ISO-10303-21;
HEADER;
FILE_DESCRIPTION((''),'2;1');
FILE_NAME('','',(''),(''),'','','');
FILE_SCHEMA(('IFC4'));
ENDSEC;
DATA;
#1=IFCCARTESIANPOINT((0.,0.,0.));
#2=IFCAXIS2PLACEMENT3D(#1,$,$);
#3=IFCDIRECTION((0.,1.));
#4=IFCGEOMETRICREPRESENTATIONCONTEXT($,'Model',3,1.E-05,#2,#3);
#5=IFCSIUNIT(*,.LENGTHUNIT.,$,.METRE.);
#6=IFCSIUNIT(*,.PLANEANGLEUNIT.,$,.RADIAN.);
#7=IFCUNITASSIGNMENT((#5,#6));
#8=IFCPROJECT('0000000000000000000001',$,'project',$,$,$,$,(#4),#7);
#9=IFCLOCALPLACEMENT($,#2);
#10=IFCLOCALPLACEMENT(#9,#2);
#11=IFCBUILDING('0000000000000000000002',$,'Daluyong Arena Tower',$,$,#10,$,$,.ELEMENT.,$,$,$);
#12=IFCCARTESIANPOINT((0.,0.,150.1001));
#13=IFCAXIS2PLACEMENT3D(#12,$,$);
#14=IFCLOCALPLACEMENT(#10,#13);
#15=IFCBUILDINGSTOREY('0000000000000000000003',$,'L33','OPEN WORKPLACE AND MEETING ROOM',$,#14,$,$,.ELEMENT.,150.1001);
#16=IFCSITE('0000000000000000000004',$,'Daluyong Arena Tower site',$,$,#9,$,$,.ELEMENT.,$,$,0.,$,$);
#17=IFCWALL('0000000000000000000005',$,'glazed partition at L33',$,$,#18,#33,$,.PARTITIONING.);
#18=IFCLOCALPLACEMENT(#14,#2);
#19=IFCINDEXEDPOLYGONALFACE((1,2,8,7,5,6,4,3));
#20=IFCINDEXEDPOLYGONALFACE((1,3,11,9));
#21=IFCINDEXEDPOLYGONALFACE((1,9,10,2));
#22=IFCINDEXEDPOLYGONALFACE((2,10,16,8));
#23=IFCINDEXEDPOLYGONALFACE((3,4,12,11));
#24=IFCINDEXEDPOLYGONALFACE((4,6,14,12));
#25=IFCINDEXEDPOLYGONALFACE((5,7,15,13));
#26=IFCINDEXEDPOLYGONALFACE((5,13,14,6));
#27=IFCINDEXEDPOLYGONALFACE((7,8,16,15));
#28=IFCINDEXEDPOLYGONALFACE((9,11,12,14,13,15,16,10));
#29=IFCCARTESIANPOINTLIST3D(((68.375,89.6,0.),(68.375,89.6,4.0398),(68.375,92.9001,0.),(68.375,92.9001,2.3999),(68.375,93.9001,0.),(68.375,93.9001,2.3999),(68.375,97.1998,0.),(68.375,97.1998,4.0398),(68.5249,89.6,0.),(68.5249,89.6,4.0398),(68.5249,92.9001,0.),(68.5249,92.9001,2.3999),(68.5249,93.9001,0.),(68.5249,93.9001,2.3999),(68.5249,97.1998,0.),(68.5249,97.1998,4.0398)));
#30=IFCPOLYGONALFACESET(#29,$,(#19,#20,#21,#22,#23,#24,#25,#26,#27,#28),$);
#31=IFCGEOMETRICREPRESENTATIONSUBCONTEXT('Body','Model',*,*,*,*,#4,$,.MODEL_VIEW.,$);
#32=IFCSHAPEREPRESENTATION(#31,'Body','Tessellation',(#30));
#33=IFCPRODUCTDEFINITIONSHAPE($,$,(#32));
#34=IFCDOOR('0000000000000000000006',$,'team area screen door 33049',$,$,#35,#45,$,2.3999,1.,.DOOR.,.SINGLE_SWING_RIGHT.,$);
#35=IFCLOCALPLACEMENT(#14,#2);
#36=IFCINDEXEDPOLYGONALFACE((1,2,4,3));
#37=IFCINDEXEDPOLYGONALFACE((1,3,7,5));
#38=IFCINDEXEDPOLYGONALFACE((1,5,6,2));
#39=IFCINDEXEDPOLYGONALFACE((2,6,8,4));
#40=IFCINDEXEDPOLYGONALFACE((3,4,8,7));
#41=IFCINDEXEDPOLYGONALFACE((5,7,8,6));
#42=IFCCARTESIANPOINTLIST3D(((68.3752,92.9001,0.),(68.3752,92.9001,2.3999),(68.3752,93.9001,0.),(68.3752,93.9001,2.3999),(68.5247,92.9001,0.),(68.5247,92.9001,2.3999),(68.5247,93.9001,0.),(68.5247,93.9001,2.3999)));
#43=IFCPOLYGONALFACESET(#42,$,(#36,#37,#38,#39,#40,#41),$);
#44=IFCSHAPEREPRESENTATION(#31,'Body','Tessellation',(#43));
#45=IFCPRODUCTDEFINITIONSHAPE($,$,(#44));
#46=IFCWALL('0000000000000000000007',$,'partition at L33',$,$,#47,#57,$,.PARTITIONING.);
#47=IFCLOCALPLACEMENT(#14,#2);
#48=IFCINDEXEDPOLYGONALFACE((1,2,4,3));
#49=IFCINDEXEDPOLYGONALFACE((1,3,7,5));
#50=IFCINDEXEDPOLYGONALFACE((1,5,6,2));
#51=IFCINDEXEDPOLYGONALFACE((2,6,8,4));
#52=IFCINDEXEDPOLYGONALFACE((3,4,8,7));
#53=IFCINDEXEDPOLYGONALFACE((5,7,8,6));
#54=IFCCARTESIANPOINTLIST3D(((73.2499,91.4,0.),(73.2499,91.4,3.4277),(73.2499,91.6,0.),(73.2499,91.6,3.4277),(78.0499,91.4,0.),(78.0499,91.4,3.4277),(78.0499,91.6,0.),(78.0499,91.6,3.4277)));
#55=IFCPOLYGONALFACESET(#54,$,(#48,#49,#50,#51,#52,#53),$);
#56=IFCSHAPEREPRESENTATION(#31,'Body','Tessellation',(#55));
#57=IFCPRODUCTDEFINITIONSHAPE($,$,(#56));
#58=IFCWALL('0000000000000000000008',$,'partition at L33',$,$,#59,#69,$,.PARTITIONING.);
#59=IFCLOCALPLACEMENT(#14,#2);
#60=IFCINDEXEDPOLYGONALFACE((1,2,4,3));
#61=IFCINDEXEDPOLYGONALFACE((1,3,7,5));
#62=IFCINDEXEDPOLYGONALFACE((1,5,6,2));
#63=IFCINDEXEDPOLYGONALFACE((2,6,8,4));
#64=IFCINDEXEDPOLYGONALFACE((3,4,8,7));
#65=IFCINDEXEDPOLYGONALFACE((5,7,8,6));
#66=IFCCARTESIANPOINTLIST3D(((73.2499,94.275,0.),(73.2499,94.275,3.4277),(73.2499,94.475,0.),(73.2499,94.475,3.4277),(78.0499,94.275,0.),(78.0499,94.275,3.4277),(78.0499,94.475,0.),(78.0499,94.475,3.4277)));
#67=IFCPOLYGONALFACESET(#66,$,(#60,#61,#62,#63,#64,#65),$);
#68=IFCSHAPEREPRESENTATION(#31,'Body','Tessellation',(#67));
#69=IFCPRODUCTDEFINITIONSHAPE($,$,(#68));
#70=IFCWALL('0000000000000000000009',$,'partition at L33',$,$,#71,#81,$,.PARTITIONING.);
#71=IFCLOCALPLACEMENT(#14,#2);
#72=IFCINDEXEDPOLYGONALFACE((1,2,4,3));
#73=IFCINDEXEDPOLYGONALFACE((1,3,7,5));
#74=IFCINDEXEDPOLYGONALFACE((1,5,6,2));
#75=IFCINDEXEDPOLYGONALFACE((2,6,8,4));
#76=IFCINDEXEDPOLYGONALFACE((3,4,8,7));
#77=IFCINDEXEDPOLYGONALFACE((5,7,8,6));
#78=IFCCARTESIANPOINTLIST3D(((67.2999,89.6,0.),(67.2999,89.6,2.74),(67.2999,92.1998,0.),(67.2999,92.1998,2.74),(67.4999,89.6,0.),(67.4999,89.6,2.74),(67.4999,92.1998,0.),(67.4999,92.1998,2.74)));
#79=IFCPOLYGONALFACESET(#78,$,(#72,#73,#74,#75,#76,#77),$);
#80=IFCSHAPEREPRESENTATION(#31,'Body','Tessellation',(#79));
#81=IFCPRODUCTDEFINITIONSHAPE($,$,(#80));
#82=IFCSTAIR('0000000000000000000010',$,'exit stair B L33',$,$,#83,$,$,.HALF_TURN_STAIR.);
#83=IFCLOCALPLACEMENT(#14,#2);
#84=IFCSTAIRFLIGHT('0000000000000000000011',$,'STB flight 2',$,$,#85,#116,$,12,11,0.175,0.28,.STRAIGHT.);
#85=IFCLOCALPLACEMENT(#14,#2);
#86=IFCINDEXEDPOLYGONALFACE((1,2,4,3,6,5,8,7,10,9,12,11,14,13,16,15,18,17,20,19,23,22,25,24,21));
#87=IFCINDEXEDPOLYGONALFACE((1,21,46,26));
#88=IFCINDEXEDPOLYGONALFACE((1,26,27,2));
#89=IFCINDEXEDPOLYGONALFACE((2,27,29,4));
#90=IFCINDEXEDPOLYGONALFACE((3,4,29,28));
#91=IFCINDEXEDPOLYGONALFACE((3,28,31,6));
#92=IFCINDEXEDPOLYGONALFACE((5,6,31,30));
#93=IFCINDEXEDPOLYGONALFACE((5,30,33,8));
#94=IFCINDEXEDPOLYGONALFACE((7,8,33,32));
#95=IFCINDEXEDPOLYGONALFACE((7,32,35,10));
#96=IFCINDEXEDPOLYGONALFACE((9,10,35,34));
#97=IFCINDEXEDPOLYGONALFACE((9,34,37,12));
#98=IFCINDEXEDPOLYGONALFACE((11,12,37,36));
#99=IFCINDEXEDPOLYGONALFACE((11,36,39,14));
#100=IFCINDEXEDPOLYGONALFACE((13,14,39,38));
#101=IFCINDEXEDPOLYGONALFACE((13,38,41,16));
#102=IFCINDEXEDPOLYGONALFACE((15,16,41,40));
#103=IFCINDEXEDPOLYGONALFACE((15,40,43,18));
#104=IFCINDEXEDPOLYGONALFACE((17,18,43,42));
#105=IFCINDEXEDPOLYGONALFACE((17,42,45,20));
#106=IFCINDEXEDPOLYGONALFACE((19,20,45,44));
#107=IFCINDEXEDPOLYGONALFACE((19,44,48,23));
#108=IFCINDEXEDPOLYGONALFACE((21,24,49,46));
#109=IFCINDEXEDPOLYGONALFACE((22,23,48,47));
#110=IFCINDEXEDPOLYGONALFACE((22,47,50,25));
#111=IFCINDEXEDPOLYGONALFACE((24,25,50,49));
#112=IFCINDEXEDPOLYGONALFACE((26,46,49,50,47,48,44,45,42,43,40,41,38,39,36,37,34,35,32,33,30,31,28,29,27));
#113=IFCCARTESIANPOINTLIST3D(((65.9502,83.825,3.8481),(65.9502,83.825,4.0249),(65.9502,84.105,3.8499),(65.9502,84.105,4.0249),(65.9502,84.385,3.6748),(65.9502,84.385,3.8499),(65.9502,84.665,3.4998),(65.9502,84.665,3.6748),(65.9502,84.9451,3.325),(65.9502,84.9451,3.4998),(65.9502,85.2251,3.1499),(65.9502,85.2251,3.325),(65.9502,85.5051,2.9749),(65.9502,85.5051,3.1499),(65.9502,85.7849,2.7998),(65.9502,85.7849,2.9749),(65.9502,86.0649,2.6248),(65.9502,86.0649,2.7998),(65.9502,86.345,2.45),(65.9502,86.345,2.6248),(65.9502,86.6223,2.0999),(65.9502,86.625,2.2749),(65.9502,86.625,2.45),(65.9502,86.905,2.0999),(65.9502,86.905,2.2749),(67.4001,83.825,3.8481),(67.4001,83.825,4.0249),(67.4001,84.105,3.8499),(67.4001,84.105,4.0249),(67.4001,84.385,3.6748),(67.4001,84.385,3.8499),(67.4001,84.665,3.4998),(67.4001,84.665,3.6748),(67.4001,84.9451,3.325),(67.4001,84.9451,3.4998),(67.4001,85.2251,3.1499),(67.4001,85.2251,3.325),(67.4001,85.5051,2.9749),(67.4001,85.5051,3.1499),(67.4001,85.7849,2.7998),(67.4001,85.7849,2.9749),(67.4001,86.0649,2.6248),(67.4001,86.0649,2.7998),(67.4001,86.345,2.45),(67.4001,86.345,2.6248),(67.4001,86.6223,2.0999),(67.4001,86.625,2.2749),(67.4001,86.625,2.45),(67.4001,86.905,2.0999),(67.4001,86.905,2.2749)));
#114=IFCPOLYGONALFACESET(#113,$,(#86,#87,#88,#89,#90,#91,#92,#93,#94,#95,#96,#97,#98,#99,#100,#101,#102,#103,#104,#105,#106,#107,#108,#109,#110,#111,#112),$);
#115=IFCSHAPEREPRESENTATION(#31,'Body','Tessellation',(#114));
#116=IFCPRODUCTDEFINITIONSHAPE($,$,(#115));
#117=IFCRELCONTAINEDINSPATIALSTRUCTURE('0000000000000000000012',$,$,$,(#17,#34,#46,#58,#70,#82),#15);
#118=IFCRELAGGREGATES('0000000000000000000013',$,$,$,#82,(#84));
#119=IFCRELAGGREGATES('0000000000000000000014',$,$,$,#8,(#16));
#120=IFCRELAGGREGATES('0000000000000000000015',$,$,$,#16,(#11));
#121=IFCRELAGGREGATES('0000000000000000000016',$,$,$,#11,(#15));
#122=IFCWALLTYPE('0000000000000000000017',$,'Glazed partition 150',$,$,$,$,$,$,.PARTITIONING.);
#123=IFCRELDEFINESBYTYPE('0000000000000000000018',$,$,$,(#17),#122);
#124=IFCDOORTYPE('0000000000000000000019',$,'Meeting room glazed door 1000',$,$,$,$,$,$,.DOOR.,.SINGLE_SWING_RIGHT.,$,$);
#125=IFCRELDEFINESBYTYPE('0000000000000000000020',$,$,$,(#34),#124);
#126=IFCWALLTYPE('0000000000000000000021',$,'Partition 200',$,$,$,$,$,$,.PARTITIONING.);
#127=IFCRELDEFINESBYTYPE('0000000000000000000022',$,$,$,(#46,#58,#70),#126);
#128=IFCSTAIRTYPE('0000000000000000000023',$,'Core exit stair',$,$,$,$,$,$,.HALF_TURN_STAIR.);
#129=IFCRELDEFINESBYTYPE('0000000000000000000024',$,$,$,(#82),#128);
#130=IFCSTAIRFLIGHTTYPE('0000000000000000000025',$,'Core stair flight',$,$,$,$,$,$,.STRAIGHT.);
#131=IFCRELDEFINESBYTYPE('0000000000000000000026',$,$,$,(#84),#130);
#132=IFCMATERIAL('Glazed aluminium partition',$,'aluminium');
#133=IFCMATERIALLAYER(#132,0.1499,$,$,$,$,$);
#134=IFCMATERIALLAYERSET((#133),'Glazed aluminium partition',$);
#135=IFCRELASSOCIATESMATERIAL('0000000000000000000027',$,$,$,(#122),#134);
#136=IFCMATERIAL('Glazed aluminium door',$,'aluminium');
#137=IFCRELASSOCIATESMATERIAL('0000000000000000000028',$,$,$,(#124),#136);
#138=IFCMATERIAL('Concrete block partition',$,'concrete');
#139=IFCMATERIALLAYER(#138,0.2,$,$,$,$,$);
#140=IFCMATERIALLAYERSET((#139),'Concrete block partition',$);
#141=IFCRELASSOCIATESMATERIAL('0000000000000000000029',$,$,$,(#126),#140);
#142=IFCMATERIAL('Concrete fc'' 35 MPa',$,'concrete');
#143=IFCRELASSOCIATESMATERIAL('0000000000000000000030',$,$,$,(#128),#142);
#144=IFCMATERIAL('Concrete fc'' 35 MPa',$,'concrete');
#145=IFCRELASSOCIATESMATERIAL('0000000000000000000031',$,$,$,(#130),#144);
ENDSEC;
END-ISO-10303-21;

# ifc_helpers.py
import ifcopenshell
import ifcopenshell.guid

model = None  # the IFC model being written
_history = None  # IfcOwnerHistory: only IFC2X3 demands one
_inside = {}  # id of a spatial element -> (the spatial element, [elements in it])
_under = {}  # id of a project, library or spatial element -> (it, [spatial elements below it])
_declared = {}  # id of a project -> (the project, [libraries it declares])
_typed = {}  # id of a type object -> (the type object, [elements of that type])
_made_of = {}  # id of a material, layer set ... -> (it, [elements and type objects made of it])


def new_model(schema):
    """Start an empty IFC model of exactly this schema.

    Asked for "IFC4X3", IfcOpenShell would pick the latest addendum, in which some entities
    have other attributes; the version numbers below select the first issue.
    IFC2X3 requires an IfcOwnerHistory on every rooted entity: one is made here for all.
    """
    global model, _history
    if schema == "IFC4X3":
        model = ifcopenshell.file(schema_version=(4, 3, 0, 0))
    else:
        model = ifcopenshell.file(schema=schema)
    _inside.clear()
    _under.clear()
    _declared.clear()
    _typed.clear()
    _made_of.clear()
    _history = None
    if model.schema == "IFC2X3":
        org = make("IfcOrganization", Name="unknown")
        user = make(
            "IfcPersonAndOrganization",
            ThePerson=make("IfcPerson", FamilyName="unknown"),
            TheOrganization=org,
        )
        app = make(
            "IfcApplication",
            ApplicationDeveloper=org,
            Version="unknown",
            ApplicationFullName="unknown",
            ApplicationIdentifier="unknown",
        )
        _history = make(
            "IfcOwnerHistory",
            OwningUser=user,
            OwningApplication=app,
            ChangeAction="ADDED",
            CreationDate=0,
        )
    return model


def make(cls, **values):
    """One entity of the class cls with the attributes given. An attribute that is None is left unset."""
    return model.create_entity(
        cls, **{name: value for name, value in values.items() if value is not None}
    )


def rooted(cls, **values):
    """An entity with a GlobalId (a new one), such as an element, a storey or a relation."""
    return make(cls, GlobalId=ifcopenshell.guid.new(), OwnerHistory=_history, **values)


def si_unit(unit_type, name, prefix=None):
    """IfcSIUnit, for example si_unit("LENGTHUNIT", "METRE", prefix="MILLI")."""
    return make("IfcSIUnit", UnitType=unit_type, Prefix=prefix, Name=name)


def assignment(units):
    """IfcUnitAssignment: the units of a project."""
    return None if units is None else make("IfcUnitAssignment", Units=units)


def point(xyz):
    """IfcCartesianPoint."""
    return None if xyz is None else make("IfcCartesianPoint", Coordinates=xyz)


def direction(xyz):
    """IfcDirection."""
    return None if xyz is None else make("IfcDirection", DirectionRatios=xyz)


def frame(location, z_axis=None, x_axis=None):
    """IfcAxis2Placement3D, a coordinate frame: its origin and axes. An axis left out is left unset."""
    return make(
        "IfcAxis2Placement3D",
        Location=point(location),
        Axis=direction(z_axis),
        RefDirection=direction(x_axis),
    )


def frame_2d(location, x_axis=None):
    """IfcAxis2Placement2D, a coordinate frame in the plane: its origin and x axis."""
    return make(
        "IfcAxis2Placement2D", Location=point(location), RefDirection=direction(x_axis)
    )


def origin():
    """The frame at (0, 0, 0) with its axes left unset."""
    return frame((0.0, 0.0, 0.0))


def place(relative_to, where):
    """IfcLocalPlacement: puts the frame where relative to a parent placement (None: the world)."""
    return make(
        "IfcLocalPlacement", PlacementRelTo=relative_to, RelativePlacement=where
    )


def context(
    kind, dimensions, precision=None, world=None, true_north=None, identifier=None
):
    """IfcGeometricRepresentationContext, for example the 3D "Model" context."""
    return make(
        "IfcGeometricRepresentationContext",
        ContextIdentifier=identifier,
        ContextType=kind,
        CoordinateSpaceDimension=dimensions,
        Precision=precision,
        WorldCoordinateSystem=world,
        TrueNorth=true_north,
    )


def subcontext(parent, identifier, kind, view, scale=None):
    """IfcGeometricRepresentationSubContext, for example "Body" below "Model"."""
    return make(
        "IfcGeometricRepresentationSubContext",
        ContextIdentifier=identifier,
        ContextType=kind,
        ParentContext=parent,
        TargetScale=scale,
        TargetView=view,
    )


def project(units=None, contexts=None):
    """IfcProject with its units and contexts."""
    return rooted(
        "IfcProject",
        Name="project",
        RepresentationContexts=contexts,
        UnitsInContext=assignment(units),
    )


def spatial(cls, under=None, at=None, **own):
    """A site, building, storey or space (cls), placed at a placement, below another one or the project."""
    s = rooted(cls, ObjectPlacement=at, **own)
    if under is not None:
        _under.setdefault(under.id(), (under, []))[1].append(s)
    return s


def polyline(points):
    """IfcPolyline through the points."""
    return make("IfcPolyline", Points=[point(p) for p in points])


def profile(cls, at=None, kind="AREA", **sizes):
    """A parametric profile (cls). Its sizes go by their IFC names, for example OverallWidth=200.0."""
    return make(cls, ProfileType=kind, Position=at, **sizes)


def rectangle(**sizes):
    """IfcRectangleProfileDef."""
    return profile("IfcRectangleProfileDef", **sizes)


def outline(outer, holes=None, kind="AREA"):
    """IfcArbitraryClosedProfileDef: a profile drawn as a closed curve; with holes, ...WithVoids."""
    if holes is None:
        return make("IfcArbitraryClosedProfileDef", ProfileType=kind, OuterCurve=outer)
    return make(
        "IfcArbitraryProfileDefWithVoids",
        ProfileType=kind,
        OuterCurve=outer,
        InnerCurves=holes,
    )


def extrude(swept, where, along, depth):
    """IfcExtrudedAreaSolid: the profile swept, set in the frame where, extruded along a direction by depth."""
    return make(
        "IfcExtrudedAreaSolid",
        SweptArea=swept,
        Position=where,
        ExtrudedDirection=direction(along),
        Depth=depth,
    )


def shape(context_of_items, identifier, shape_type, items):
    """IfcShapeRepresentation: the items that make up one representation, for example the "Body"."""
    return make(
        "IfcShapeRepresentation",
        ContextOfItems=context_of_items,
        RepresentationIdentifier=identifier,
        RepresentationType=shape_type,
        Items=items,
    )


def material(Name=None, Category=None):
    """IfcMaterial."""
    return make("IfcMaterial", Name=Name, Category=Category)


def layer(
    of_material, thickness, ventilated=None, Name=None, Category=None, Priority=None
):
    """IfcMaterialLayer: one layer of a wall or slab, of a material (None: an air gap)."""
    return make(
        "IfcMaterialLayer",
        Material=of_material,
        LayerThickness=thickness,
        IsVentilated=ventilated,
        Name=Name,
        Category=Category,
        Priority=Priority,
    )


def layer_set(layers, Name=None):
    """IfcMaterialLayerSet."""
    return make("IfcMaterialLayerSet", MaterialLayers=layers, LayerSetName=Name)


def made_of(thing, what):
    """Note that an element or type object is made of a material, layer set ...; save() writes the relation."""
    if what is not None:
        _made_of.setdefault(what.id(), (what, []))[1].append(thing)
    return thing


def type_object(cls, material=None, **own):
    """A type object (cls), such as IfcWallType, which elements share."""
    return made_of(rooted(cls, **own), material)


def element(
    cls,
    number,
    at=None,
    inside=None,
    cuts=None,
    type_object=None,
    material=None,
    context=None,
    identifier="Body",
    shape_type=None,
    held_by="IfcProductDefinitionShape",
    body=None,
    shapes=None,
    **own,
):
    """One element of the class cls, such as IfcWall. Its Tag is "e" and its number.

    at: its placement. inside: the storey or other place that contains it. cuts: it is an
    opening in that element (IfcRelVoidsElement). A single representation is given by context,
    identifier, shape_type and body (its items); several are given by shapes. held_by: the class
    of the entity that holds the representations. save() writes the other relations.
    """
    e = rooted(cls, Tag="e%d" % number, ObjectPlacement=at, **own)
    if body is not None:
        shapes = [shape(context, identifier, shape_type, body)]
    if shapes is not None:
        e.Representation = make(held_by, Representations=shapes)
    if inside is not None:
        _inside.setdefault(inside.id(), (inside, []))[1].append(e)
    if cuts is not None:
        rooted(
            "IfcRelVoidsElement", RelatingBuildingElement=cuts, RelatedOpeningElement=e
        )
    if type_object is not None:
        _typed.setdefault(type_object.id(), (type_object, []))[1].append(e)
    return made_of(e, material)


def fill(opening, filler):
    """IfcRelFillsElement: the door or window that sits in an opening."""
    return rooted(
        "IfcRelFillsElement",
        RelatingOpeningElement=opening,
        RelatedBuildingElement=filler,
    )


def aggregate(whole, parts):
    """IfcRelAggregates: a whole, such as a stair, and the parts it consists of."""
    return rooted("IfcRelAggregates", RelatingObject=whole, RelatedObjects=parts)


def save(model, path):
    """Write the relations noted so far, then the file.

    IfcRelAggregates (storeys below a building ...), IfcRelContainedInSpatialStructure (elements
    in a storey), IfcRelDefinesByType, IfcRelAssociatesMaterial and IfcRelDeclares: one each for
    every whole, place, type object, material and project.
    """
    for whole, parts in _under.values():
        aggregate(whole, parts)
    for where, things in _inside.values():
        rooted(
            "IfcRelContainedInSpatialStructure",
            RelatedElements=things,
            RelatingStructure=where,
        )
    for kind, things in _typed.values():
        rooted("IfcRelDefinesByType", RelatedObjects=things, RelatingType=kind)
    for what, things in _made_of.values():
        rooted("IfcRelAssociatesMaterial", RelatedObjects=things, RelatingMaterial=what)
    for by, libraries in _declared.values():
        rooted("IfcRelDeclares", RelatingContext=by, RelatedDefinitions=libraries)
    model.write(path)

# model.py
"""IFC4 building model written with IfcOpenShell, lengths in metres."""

from ifc_helpers import new_model, si_unit, direction, frame, frame_2d, origin, place, context, subcontext, project, spatial, polyline, rectangle, outline, extrude, material, layer, layer_set, type_object, element, fill, aggregate, save


model = new_model("IFC4")

# Units and contexts
model_context = context("Model", 3, precision=1e-05, world=origin(), true_north=direction((0.0, 1.0)))
body_context = subcontext(model_context, "Body", "Model", "MODEL_VIEW")
ifc_project = project(units=[si_unit("LENGTHUNIT", "METRE"), si_unit("PLANEANGLEUNIT", "RADIAN")], contexts=[model_context])

# Site, building, storey
site_placement = place(None, origin())
site = spatial("IfcSite", under=ifc_project, at=site_placement, Name="Daluyong Arena Tower site", CompositionType="ELEMENT", RefElevation=0.0)
building_placement = place(site_placement, origin())
building = spatial("IfcBuilding", under=site, at=building_placement, Name="Daluyong Arena Tower", CompositionType="ELEMENT")
storey_placement = place(building_placement, frame((0.0, 0.0, 150.1001)))
storey = spatial("IfcBuildingStorey", under=building, at=storey_placement, Name="L33", Description="OPEN WORKPLACE AND MEETING ROOM", CompositionType="ELEMENT", Elevation=150.1001)

# Wall, opening, door
ifc_material_1 = material(Name="Glazed aluminium partition", Category="aluminium")
ifc_layer_1 = layer(ifc_material_1, 0.1499)
ifc_layer_set_1 = layer_set([ifc_layer_1], Name="Glazed aluminium partition")
wall_type_1 = type_object("IfcWallType", Name="Glazed partition 150", PredefinedType="PARTITIONING", material=ifc_layer_set_1)
wall_1_placement = place(storey_placement, frame((68.45, 89.6001, 0.0), z_axis=(0.0, 0.0, 1.0), x_axis=(0.0, 1.0, 0.0)))
wall_1 = element("IfcWall", 1, at=wall_1_placement, inside=storey, type_object=wall_type_1, Name="glazed partition at L33", PredefinedType="PARTITIONING", context=body_context, shape_type="SweptSolid", body=[
    extrude(rectangle(XDim=7.5999, YDim=0.1499, at=frame_2d((3.7998, 0.0))), origin(), (0.0, 0.0, 1.0), 4.0398),
])
opening_1_placement = place(wall_1_placement, frame((3.3, 0.0, 0.0)))
opening_1 = element("IfcOpeningElement", 2, at=opening_1_placement, cuts=wall_1, PredefinedType="OPENING", context=body_context, shape_type="SweptSolid", body=[
    extrude(rectangle(XDim=1.0, YDim=2.3999, at=frame_2d((0.5, 1.2))), frame((0.0, 0.085, 0.0), z_axis=(0.0, -1.0, 0.0), x_axis=(1.0, 0.0, 0.0)), (0.0, 0.0, 1.0), 0.1699),
])
ifc_material_2 = material(Name="Glazed aluminium door", Category="aluminium")
door_type = type_object("IfcDoorType", Name="Meeting room glazed door 1000", OperationType="SINGLE_SWING_RIGHT", PredefinedType="DOOR", material=ifc_material_2)
door_1_placement = place(opening_1_placement, origin())
door_1 = element("IfcDoor", 3, at=door_1_placement, inside=storey, type_object=door_type, Name="team area screen door 33049", OperationType="SINGLE_SWING_RIGHT", OverallHeight=2.3999, OverallWidth=1.0, PredefinedType="DOOR", context=body_context, shape_type="SweptSolid", body=[
    extrude(rectangle(XDim=1.0, YDim=2.3999, at=frame_2d((0.5, 1.2))), frame((0.0, 0.0747, 0.0), z_axis=(0.0, -1.0, 0.0), x_axis=(1.0, 0.0, 0.0)), (0.0, 0.0, 1.0), 0.1494),
])
fill(opening_1, door_1)

# Walls
ifc_material_3 = material(Name="Concrete block partition", Category="concrete")
ifc_layer_2 = layer(ifc_material_3, 0.2)
ifc_layer_set_2 = layer_set([ifc_layer_2], Name="Concrete block partition")
wall_type_2 = type_object("IfcWallType", Name="Partition 200", PredefinedType="PARTITIONING", material=ifc_layer_set_2)
for number, where, z_axis, x_axis, name in (
    (4, (73.25, 91.5, 0.0), (0.0, 0.0, 1.0), (1.0, 0.0, 0.0), "partition at L33"),
    (5, (73.25, 94.375, 0.0), (0.0, 0.0, 1.0), (1.0, 0.0, 0.0), "partition at L33"),
):
    element("IfcWall", number, at=place(storey_placement, frame(where, z_axis=z_axis, x_axis=x_axis)), inside=storey, type_object=wall_type_2, Name=name, PredefinedType="PARTITIONING", context=body_context, shape_type="SweptSolid", body=[
        extrude(rectangle(XDim=4.8, YDim=0.2, at=frame_2d((2.3999, 0.0))), origin(), (0.0, 0.0, 1.0), 3.4277),
    ])
wall_2_placement = place(storey_placement, frame((67.3999, 89.6001, 0.0), z_axis=(0.0, 0.0, 1.0), x_axis=(0.0, 1.0, 0.0)))
element("IfcWall", 6, at=wall_2_placement, inside=storey, type_object=wall_type_2, Name="partition at L33", PredefinedType="PARTITIONING", context=body_context, shape_type="SweptSolid", body=[
    extrude(rectangle(XDim=2.5999, YDim=0.2, at=frame_2d((1.2998, 0.0))), origin(), (0.0, 0.0, 1.0), 2.74),
])

# Stair, stair flight
ifc_material_4 = material(Name="Concrete fc' 35 MPa", Category="concrete")
stair_type = type_object("IfcStairType", Name="Core exit stair", PredefinedType="HALF_TURN_STAIR", material=ifc_material_4)
stair_placement = place(storey_placement, origin())
stair = element("IfcStair", 7, at=stair_placement, inside=storey, type_object=stair_type, Name="exit stair B L33", PredefinedType="HALF_TURN_STAIR")
ifc_material_5 = material(Name="Concrete fc' 35 MPa", Category="concrete")
stair_flight_type = type_object("IfcStairFlightType", Name="Core stair flight", PredefinedType="STRAIGHT", material=ifc_material_5)
stair_flight_placement = place(storey_placement, frame((66.675, 86.905, 2.0999), z_axis=(0.0, 0.0, 1.0), x_axis=(0.0, -1.0, 0.0)))
stair_flight = element("IfcStairFlight", 8, at=stair_flight_placement, type_object=stair_flight_type, Name="STB flight 2", NumberOfRisers=12, NumberOfTreads=11, PredefinedType="STRAIGHT", RiserHeight=0.175, TreadLength=0.28, context=body_context, shape_type="SweptSolid", body=[
    extrude(outline(polyline([(0.0, 0.0), (0.0, 0.175), (0.28, 0.175), (0.28, 0.3501), (0.5601, 0.3501), (0.5601, 0.5249), (0.8401, 0.5249), (0.8401, 0.7), (1.1201, 0.7), (1.1201, 0.875), (1.3999, 0.875), (1.3999, 1.05), (1.6799, 1.05), (1.6799, 1.2251), (1.96, 1.2251), (1.96, 1.3999), (2.24, 1.3999), (2.24, 1.575), (2.52, 1.575), (2.52, 1.75), (2.8, 1.75), (2.8, 1.925), (3.0801, 1.925), (3.0801, 2.1001), (3.0801, 1.7483), (0.2827, 0.0), (0.0, 0.0)])), frame((0.0, 0.7251, 0.0), z_axis=(0.0, -1.0, 0.0), x_axis=(1.0, 0.0, 0.0)), (0.0, 0.0, 1.0), 1.45),
])
aggregate(stair, [stair_flight])

save(model, "model.ifc")
